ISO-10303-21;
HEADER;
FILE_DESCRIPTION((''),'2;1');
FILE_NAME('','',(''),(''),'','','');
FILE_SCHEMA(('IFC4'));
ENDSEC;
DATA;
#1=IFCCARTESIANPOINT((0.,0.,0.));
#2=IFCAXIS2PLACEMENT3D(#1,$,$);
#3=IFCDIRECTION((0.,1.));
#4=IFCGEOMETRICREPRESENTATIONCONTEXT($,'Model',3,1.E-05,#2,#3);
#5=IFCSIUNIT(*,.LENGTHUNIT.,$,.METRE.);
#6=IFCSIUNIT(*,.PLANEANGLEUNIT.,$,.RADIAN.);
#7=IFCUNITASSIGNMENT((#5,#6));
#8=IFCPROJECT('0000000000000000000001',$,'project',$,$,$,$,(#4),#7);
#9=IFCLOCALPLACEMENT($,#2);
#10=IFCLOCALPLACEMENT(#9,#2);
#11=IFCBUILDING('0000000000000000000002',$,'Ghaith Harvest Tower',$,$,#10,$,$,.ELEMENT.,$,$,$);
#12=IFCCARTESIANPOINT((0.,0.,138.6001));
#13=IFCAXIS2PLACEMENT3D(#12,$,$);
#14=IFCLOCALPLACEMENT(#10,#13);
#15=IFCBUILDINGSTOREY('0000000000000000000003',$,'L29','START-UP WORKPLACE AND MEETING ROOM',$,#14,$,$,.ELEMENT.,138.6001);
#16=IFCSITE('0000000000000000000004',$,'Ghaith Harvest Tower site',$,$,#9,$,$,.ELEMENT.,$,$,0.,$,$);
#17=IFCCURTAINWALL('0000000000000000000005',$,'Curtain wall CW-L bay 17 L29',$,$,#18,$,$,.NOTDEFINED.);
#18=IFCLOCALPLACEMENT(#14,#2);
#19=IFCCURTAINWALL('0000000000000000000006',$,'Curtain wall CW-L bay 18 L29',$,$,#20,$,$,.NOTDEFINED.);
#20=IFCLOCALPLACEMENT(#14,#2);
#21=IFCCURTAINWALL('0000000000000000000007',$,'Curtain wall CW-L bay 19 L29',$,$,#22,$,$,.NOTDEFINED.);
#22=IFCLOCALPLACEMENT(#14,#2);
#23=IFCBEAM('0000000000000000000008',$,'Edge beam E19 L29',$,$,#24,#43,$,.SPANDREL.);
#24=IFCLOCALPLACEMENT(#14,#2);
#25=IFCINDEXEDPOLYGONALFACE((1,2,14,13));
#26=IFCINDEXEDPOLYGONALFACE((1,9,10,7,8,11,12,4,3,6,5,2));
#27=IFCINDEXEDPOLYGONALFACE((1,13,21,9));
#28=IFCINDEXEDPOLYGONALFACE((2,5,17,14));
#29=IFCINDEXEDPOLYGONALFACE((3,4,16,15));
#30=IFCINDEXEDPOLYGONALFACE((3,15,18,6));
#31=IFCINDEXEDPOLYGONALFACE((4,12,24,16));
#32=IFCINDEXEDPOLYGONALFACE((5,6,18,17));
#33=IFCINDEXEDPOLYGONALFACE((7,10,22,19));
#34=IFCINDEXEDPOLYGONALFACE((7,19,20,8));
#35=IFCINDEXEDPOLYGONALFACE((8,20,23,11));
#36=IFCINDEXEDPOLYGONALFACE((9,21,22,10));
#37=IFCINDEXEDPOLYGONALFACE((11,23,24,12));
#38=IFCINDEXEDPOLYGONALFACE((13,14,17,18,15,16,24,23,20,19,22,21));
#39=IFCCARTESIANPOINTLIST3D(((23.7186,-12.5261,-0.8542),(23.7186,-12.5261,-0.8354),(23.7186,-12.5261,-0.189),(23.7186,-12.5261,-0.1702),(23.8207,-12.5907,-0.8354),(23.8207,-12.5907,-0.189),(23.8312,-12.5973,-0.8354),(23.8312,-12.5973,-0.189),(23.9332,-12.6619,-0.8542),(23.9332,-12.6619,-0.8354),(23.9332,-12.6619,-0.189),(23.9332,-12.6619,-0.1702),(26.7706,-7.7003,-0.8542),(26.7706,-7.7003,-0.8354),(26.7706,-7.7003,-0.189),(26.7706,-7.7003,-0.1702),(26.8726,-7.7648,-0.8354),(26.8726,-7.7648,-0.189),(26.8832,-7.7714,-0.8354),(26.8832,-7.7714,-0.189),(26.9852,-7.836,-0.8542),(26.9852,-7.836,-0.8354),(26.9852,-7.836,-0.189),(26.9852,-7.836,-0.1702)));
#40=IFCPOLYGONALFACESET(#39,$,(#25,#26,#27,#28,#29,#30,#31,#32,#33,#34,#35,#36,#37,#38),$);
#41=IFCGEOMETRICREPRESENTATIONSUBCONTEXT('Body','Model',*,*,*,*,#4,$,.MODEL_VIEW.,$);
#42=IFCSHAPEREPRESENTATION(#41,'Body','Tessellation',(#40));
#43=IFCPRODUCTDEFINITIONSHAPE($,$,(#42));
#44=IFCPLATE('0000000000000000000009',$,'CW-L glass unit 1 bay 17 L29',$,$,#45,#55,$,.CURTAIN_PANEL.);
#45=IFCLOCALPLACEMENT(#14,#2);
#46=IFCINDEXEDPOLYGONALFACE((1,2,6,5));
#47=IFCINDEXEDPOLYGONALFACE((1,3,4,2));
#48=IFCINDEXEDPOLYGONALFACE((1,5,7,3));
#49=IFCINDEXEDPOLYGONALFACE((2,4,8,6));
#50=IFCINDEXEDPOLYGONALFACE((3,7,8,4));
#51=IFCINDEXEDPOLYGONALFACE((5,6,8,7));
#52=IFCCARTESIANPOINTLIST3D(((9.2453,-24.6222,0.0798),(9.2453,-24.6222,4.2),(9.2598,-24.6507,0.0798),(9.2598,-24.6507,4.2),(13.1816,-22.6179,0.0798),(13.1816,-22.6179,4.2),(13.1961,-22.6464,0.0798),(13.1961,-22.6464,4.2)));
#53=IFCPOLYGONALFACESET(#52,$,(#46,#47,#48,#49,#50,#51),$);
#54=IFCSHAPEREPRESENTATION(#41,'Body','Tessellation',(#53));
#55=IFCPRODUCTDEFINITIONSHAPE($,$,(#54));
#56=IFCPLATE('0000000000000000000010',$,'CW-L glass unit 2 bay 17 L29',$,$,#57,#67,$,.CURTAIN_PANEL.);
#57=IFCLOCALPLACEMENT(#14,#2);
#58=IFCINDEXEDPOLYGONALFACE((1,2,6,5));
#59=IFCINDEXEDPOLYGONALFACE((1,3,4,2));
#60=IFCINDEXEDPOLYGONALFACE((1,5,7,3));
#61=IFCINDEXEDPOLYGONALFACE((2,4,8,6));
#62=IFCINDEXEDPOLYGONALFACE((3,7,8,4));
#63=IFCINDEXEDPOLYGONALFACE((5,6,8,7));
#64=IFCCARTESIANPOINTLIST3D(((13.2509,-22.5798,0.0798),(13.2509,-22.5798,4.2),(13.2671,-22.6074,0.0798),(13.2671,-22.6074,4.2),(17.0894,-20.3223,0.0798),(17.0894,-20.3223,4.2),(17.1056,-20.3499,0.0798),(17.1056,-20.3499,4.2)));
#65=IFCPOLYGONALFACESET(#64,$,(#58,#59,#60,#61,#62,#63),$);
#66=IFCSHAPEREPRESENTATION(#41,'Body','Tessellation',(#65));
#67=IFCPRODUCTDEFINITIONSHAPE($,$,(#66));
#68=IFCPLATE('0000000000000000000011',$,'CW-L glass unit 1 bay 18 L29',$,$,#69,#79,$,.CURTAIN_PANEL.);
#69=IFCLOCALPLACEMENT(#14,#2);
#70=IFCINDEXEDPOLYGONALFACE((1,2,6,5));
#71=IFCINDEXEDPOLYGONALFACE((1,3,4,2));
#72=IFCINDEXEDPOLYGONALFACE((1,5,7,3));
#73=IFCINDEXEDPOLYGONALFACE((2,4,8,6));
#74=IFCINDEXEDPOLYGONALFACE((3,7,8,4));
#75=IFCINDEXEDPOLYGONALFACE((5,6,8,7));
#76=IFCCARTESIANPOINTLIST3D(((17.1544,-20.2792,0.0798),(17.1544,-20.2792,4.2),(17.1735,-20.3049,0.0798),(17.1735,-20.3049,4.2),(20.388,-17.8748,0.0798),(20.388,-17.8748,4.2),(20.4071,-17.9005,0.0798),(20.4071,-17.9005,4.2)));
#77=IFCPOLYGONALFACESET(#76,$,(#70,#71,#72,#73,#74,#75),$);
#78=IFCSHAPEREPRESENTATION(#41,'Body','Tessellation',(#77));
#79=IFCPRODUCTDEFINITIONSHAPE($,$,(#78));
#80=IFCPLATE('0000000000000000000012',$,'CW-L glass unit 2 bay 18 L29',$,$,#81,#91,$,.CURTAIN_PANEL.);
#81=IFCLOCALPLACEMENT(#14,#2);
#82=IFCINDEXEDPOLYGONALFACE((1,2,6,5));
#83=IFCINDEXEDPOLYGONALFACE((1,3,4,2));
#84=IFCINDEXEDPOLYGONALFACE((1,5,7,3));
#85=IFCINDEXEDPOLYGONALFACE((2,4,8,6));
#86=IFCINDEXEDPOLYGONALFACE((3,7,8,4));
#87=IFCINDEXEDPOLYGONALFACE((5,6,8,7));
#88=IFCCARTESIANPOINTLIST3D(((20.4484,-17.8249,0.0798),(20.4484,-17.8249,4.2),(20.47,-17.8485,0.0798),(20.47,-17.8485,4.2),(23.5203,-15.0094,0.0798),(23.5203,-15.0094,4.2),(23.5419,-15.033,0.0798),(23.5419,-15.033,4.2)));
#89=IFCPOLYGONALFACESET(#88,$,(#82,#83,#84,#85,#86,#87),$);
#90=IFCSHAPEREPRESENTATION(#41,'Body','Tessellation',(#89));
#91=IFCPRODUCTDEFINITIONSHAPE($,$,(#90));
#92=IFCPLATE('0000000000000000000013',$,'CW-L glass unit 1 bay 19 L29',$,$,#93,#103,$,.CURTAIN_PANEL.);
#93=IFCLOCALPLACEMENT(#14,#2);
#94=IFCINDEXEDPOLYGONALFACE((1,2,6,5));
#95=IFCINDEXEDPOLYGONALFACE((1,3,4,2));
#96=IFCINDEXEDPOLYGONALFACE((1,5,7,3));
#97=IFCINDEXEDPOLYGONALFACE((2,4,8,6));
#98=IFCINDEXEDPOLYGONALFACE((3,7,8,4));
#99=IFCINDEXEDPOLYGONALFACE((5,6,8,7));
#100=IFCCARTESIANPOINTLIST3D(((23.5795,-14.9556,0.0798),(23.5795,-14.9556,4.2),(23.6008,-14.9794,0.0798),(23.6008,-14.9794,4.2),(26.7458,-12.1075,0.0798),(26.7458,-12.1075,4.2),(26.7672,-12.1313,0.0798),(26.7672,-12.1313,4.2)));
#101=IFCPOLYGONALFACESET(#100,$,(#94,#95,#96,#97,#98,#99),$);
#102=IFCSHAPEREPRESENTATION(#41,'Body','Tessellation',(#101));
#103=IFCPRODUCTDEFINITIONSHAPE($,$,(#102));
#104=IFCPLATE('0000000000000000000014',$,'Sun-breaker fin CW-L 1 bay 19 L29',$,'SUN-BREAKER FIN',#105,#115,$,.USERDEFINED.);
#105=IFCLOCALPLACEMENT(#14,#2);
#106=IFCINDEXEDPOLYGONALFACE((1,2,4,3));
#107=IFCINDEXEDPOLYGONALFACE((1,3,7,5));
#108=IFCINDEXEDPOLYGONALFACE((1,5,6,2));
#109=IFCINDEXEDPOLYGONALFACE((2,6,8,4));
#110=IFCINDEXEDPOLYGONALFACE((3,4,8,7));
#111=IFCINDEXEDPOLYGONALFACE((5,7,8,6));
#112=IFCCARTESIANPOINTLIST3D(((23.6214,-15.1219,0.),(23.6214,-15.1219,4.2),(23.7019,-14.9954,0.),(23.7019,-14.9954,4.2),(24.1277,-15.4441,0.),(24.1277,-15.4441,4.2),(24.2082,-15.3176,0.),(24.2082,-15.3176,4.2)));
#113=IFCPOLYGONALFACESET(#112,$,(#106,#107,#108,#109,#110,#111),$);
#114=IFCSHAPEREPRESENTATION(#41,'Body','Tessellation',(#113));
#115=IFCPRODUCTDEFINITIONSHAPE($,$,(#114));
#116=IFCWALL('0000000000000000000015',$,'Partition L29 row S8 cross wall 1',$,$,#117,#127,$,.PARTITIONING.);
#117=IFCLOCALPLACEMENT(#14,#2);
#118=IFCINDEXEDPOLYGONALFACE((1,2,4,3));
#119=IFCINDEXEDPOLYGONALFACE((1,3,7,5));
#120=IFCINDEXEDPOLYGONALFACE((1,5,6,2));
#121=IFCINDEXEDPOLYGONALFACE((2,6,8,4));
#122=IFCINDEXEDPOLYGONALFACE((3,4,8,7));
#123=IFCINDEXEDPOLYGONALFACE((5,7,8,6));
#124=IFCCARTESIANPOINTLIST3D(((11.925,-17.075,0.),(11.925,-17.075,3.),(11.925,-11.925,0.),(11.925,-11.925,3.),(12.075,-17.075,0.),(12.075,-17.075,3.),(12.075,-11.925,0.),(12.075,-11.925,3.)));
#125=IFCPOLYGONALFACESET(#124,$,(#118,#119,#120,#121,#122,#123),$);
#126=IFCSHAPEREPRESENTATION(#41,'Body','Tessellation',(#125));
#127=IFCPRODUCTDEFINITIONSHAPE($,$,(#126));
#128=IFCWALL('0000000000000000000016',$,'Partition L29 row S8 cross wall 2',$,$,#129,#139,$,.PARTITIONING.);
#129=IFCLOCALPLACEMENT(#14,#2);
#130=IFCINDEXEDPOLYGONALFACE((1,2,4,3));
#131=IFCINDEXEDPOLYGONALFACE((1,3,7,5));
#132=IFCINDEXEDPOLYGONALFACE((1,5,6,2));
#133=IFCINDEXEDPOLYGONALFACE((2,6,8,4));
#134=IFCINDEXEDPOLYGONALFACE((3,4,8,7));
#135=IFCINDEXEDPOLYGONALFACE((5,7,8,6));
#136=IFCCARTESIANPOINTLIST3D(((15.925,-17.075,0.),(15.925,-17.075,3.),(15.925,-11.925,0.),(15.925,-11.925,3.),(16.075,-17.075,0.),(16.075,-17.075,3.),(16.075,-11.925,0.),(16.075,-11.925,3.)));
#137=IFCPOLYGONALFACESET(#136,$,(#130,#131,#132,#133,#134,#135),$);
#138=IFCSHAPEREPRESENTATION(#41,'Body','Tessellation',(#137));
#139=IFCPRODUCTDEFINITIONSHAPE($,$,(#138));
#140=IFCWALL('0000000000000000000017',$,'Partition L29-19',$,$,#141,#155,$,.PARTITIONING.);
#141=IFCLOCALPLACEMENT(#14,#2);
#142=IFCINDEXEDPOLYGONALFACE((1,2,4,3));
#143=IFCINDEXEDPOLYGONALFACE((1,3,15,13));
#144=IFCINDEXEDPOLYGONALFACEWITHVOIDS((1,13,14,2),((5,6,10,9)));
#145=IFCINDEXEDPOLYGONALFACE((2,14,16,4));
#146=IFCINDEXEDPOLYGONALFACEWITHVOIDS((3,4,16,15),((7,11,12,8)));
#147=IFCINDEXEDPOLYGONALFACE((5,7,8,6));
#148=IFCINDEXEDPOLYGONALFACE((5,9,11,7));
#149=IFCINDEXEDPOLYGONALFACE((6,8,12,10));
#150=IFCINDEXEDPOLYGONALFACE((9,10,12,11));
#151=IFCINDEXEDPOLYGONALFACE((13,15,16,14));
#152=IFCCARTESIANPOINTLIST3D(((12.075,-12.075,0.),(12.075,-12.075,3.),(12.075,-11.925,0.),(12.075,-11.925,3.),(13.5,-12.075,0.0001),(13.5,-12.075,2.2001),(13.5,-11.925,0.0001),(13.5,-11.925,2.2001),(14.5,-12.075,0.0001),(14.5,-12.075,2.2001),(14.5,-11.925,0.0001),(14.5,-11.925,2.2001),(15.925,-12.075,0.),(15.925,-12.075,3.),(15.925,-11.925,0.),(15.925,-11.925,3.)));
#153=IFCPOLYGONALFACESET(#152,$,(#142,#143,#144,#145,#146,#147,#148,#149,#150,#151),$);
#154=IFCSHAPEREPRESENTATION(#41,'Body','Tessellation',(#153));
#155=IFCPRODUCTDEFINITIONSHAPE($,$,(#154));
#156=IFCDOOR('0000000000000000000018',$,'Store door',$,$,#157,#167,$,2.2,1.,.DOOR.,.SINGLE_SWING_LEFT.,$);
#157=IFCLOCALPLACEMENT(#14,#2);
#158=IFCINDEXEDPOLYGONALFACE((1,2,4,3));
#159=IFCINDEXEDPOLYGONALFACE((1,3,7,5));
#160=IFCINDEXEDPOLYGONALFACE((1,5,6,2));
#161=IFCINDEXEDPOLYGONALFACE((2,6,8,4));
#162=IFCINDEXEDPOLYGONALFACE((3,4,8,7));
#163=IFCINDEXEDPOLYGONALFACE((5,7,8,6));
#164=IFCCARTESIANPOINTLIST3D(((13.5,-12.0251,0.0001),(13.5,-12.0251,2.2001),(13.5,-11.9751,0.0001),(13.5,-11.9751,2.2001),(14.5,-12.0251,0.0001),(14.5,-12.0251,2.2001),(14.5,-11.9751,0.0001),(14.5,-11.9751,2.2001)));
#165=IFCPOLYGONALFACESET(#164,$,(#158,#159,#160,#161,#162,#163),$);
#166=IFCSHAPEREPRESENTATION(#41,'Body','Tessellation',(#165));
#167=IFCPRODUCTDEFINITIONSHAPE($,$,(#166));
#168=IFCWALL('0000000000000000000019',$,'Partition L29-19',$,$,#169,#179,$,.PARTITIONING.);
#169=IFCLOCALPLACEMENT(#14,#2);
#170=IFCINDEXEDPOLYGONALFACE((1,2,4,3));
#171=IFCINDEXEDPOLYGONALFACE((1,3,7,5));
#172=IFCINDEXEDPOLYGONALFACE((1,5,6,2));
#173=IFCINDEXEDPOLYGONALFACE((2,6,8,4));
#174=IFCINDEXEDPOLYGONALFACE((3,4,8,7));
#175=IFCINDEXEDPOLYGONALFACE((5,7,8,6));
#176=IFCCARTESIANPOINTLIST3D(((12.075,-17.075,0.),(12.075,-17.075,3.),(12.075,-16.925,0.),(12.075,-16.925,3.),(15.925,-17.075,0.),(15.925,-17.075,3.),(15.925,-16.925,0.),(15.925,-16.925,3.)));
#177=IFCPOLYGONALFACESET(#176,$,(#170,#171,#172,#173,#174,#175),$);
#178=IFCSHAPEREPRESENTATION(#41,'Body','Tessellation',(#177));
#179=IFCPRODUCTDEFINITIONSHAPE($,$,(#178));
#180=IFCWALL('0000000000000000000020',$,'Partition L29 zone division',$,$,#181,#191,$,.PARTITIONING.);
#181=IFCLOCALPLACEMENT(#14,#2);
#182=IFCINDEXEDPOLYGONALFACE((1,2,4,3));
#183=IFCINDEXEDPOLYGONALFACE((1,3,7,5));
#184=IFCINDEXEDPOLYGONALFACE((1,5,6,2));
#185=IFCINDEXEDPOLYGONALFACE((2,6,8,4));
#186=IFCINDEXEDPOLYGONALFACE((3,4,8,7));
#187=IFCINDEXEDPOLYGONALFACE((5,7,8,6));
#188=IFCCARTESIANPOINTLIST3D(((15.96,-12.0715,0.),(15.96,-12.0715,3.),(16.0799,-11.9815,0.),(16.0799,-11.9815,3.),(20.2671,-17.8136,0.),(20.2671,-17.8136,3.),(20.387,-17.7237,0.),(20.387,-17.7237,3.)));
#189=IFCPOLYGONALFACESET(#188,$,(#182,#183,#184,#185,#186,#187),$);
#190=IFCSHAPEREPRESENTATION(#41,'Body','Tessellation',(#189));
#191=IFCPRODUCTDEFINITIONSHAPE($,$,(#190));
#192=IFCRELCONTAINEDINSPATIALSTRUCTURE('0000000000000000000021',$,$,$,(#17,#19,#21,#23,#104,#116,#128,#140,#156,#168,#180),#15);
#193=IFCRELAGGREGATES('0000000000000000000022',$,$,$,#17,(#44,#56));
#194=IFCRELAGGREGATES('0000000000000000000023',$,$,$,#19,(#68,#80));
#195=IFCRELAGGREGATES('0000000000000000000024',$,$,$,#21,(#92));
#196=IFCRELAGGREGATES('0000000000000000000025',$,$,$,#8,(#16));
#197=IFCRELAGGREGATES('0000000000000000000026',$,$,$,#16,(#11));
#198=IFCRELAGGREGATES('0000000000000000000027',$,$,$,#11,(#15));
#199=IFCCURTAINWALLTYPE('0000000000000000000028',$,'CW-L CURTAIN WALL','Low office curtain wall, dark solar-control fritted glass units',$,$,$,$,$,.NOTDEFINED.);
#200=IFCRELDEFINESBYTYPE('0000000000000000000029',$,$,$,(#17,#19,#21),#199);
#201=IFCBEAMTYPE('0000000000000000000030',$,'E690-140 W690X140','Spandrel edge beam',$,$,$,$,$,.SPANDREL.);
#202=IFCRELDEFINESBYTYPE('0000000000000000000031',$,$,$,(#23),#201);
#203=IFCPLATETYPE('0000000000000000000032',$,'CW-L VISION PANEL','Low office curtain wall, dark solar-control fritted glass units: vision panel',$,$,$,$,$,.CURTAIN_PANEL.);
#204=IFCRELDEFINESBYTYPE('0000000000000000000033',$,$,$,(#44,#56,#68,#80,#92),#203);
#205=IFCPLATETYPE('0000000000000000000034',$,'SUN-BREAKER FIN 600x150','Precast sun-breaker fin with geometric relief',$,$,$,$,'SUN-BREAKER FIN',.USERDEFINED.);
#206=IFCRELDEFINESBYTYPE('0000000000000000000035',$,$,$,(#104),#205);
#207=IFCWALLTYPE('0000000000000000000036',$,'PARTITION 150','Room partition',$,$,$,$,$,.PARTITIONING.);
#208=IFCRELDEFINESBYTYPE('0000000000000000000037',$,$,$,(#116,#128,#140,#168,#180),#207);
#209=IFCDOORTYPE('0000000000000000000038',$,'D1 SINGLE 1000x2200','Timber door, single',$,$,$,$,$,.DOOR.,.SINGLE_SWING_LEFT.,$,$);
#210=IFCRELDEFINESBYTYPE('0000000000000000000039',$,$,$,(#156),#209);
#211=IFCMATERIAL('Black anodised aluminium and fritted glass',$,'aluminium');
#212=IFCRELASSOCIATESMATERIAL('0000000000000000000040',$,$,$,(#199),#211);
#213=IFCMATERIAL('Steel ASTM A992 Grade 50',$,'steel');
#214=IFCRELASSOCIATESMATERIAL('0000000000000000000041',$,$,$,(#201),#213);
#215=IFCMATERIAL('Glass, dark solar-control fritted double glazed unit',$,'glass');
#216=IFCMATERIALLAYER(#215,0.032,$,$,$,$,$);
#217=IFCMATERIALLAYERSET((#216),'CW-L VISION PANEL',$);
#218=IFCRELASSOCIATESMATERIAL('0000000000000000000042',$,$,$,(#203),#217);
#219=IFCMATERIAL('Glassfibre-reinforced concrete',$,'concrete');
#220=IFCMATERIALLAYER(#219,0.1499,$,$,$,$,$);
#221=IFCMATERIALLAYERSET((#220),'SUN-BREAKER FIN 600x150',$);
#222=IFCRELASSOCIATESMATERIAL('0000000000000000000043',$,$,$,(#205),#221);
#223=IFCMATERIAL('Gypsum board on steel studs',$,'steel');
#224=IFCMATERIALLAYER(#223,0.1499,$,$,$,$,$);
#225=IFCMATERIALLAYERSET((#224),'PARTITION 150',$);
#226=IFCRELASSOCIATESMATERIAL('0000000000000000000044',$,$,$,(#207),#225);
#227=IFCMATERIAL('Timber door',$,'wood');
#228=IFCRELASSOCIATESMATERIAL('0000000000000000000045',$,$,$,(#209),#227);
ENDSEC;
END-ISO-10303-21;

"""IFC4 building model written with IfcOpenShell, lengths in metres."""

from ifc_helpers import new_model, si_unit, direction, frame, frame_2d, origin, origin_2d, place, context, subcontext, project, spatial, rectangle, i_section, extrude, material, layer, layer_set, material_profile, profile_set, type_object, element, fill, aggregate, save


model = new_model("IFC4")

# Units and contexts
model_context = context("Model", 3, precision=1e-05, world=origin(), true_north=direction((0.0, 1.0)))
body_context = subcontext(model_context, "Body", "Model", "MODEL_VIEW")
ifc_project = project(units=[si_unit("LENGTHUNIT", "METRE"), si_unit("PLANEANGLEUNIT", "RADIAN")], contexts=[model_context])

# Site, building, storey
site_placement = place(None, origin())
site = spatial("IfcSite", under=ifc_project, at=site_placement, Name="Ghaith Harvest Tower site", CompositionType="ELEMENT", RefElevation=0.0)
building_placement = place(site_placement, origin())
building = spatial("IfcBuilding", under=site, at=building_placement, Name="Ghaith Harvest Tower", CompositionType="ELEMENT")
storey_placement = place(building_placement, frame((0.0, 0.0, 138.6001)))
storey = spatial("IfcBuildingStorey", under=building, at=storey_placement, Name="L29", Description="START-UP WORKPLACE AND MEETING ROOM", CompositionType="ELEMENT", Elevation=138.6001)

# Curtain wall
ifc_material_1 = material(Name="Black anodised aluminium and fritted glass", Category="aluminium")
curtain_wall_type = type_object("IfcCurtainWallType", Name="CW-L CURTAIN WALL", Description="Low office curtain wall, dark solar-control fritted glass units", PredefinedType="NOTDEFINED", material=ifc_material_1)
curtain_wall_1_placement = place(storey_placement, origin())
curtain_wall_1 = element("IfcCurtainWall", 1, at=curtain_wall_1_placement, inside=storey, type_object=curtain_wall_type, Name="Curtain wall CW-L bay 17 L29", PredefinedType="NOTDEFINED")

# Curtain walls
curtain_wall_2_placement = place(storey_placement, origin())
curtain_wall_2 = element("IfcCurtainWall", 2, at=curtain_wall_2_placement, inside=storey, type_object=curtain_wall_type, Name="Curtain wall CW-L bay 18 L29", PredefinedType="NOTDEFINED")
curtain_wall_3_placement = place(storey_placement, origin())
curtain_wall_3 = element("IfcCurtainWall", 3, at=curtain_wall_3_placement, inside=storey, type_object=curtain_wall_type, Name="Curtain wall CW-L bay 19 L29", PredefinedType="NOTDEFINED")

# Beam
ifc_material_2 = material(Name="Steel ASTM A992 Grade 50", Category="steel")
ifc_material_profile_1 = material_profile(ifc_material_2, i_section(OverallWidth=0.2539, OverallDepth=0.6841, WebThickness=0.0125, FlangeThickness=0.0188, at=origin_2d()), Name="W690X140")
ifc_profile_set_1 = profile_set([ifc_material_profile_1], Name="Steel ASTM A992 Grade 50")
beam_type = type_object("IfcBeamType", Name="E690-140 W690X140", Description="Spandrel edge beam", PredefinedType="SPANDREL", material=ifc_profile_set_1)
beam_1_placement = place(storey_placement, frame((23.8259, -12.594, -0.5122), z_axis=(0.5345, 0.845169, 0.0), x_axis=(-0.845169, 0.5345, 0.0)))
element("IfcBeam", 4, at=beam_1_placement, inside=storey, type_object=beam_type, Name="Edge beam E19 L29", PredefinedType="SPANDREL", context=body_context, shape_type="SweptSolid", body=[
    extrude(i_section(OverallWidth=0.2539, OverallDepth=0.6841, WebThickness=0.0125, FlangeThickness=0.0188, at=origin_2d()), origin(), (0.0, 0.0, 1.0), 5.71),
])

# Plates
ifc_material_3 = material(Name="Glass, dark solar-control fritted double glazed unit", Category="glass")
ifc_layer_1 = layer(ifc_material_3, 0.032)
ifc_layer_set_1 = layer_set([ifc_layer_1], Name="CW-L VISION PANEL")
plate_type_1 = type_object("IfcPlateType", Name="CW-L VISION PANEL", Description="Low office curtain wall, dark solar-control fritted glass units: vision panel", PredefinedType="CURTAIN_PANEL", material=ifc_layer_set_1)
plate_1_placement = place(storey_placement, frame((11.2207, -23.6343, 0.0798), z_axis=(0.0, 0.0, 1.0), x_axis=(0.891127, 0.453754, 0.0)))
plate_1 = element("IfcPlate", 5, at=plate_1_placement, type_object=plate_type_1, Name="CW-L glass unit 1 bay 17 L29", PredefinedType="CURTAIN_PANEL", context=body_context, shape_type="SweptSolid", body=[
    extrude(rectangle(XDim=4.4172, YDim=0.032, at=origin_2d()), origin(), (0.0, 0.0, 1.0), 4.1201),
])
plate_2_placement = place(storey_placement, frame((15.1782, -21.4648, 0.0798), z_axis=(0.0, 0.0, 1.0), x_axis=(0.861979, 0.506943, 0.0)))
plate_2 = element("IfcPlate", 6, at=plate_2_placement, type_object=plate_type_1, Name="CW-L glass unit 2 bay 17 L29", PredefinedType="CURTAIN_PANEL", context=body_context, shape_type="SweptSolid", body=[
    extrude(rectangle(XDim=4.4531, YDim=0.032, at=origin_2d()), origin(), (0.0, 0.0, 1.0), 4.1201),
])
aggregate(curtain_wall_1, [plate_1, plate_2])
plate_3_placement = place(storey_placement, frame((18.7808, -19.0898, 0.0798), z_axis=(0.0, 0.0, 1.0), x_axis=(0.802462, 0.596703, 0.0)))
plate_3 = element("IfcPlate", 7, at=plate_3_placement, type_object=plate_type_1, Name="CW-L glass unit 1 bay 18 L29", PredefinedType="CURTAIN_PANEL", context=body_context, shape_type="SweptSolid", body=[
    extrude(rectangle(XDim=4.0295, YDim=0.032, at=origin_2d()), origin(), (0.0, 0.0, 1.0), 4.1201),
])
plate_4_placement = place(storey_placement, frame((21.9951, -16.429, 0.0798), z_axis=(0.0, 0.0, 1.0), x_axis=(0.737202, 0.675673, 0.0)))
plate_4 = element("IfcPlate", 8, at=plate_4_placement, type_object=plate_type_1, Name="CW-L glass unit 2 bay 18 L29", PredefinedType="CURTAIN_PANEL", context=body_context, shape_type="SweptSolid", body=[
    extrude(rectangle(XDim=4.167, YDim=0.032, at=origin_2d()), origin(), (0.0, 0.0, 1.0), 4.1201),
])
aggregate(curtain_wall_2, [plate_3, plate_4])
plate_5_placement = place(storey_placement, frame((25.1733, -13.5435, 0.0798), z_axis=(0.0, 0.0, 1.0), x_axis=(0.743493, 0.668744, 0.0)))
plate_5 = element("IfcPlate", 9, at=plate_5_placement, type_object=plate_type_1, Name="CW-L glass unit 1 bay 19 L29", PredefinedType="CURTAIN_PANEL", context=body_context, shape_type="SweptSolid", body=[
    extrude(rectangle(XDim=4.2588, YDim=0.032, at=origin_2d()), origin(), (0.0, 0.0, 1.0), 4.1201),
])
aggregate(curtain_wall_3, [plate_5])
ifc_material_4 = material(Name="Glassfibre-reinforced concrete", Category="concrete")
ifc_layer_2 = layer(ifc_material_4, 0.1499)
ifc_layer_set_2 = layer_set([ifc_layer_2], Name="SUN-BREAKER FIN 600x150")
plate_type_2 = type_object("IfcPlateType", Name="SUN-BREAKER FIN 600x150", Description="Precast sun-breaker fin with geometric relief", ElementType="SUN-BREAKER FIN", PredefinedType="USERDEFINED", material=ifc_layer_set_2)
plate_6_placement = place(storey_placement, frame((23.9148, -15.2197, 0.0), z_axis=(0.0, 0.0, 1.0), x_axis=(0.843644, -0.536903, 0.0)))
element("IfcPlate", 10, at=plate_6_placement, inside=storey, type_object=plate_type_2, Name="Sun-breaker fin CW-L 1 bay 19 L29", ObjectType="SUN-BREAKER FIN", PredefinedType="USERDEFINED", context=body_context, shape_type="SweptSolid", body=[
    extrude(rectangle(XDim=0.6001, YDim=0.1499, at=origin_2d()), origin(), (0.0, 0.0, 1.0), 4.2),
])

# Walls
ifc_material_5 = material(Name="Gypsum board on steel studs", Category="steel")
ifc_layer_3 = layer(ifc_material_5, 0.1499)
ifc_layer_set_3 = layer_set([ifc_layer_3], Name="PARTITION 150")
wall_type = type_object("IfcWallType", Name="PARTITION 150", Description="Room partition", PredefinedType="PARTITIONING", material=ifc_layer_set_3)
for number, where, z_axis, x_axis, name in (
    (11, (12.0, -11.925, 0.0), (0.0, 0.0, 1.0), (0.0, -1.0, 0.0), "Partition L29 row S8 cross wall 1"),
    (12, (16.0, -11.925, 0.0), (0.0, 0.0, 1.0), (0.0, -1.0, 0.0), "Partition L29 row S8 cross wall 2"),
):
    element("IfcWall", number, at=place(storey_placement, frame(where, z_axis=z_axis, x_axis=x_axis)), inside=storey, type_object=wall_type, Name=name, PredefinedType="PARTITIONING", context=body_context, shape_type="SweptSolid", body=[
        extrude(rectangle(XDim=5.1499, YDim=0.1499, at=frame_2d((2.575, 0.0))), origin(), (0.0, 0.0, 1.0), 3.0),
    ])

# Wall, opening, door
wall_1_placement = place(storey_placement, frame((12.075, -12.0, 0.0), z_axis=(0.0, 0.0, 1.0), x_axis=(1.0, 0.0, 0.0)))
wall_1 = element("IfcWall", 13, at=wall_1_placement, inside=storey, type_object=wall_type, Name="Partition L29-19", PredefinedType="PARTITIONING", context=body_context, shape_type="SweptSolid", body=[
    extrude(rectangle(XDim=3.8501, YDim=0.1499, at=frame_2d((1.925, 0.0))), origin(), (0.0, 0.0, 1.0), 3.0),
])
opening_placement = place(wall_1_placement, frame((1.425, 0.0, 0.0)))
opening = element("IfcOpeningElement", 14, at=opening_placement, cuts=wall_1, PredefinedType="OPENING", context=body_context, shape_type="SweptSolid", body=[
    extrude(rectangle(XDim=1.0, YDim=2.2, at=frame_2d((0.5, 1.1001))), frame((0.0, 0.085, 0.0), z_axis=(0.0, -1.0, 0.0), x_axis=(1.0, 0.0, 0.0)), (0.0, 0.0, 1.0), 0.1699),
])
ifc_material_6 = material(Name="Timber door", Category="wood")
door_type = type_object("IfcDoorType", Name="D1 SINGLE 1000x2200", Description="Timber door, single", OperationType="SINGLE_SWING_LEFT", PredefinedType="DOOR", material=ifc_material_6)
door_placement = place(opening_placement, origin())
door = element("IfcDoor", 15, at=door_placement, inside=storey, type_object=door_type, Name="Store door", OperationType="SINGLE_SWING_LEFT", OverallHeight=2.2, OverallWidth=1.0, PredefinedType="DOOR", context=body_context, shape_type="SweptSolid", body=[
    extrude(rectangle(XDim=1.0, YDim=2.2, at=frame_2d((0.5, 1.1001))), frame((0.0, 0.0249, 0.0), z_axis=(0.0, -1.0, 0.0), x_axis=(1.0, 0.0, 0.0)), (0.0, 0.0, 1.0), 0.05),
])
fill(opening, door)

# Walls
wall_2_placement = place(storey_placement, frame((12.075, -17.0, 0.0), z_axis=(0.0, 0.0, 1.0), x_axis=(1.0, 0.0, 0.0)))
element("IfcWall", 16, at=wall_2_placement, inside=storey, type_object=wall_type, Name="Partition L29-19", PredefinedType="PARTITIONING", context=body_context, shape_type="SweptSolid", body=[
    extrude(rectangle(XDim=3.8501, YDim=0.1499, at=frame_2d((1.925, 0.0))), origin(), (0.0, 0.0, 1.0), 3.0),
])
wall_3_placement = place(storey_placement, frame((16.02, -12.0266, 0.0), z_axis=(0.0, 0.0, 1.0), x_axis=(0.600044, -0.799967, 0.0)))
element("IfcWall", 17, at=wall_3_placement, inside=storey, type_object=wall_type, Name="Partition L29 zone division", PredefinedType="PARTITIONING", context=body_context, shape_type="SweptSolid", body=[
    extrude(rectangle(XDim=7.178, YDim=0.1499, at=frame_2d((3.5889, 0.0))), origin(), (0.0, 0.0, 1.0), 3.0),
])

save(model, "model.ifc")
